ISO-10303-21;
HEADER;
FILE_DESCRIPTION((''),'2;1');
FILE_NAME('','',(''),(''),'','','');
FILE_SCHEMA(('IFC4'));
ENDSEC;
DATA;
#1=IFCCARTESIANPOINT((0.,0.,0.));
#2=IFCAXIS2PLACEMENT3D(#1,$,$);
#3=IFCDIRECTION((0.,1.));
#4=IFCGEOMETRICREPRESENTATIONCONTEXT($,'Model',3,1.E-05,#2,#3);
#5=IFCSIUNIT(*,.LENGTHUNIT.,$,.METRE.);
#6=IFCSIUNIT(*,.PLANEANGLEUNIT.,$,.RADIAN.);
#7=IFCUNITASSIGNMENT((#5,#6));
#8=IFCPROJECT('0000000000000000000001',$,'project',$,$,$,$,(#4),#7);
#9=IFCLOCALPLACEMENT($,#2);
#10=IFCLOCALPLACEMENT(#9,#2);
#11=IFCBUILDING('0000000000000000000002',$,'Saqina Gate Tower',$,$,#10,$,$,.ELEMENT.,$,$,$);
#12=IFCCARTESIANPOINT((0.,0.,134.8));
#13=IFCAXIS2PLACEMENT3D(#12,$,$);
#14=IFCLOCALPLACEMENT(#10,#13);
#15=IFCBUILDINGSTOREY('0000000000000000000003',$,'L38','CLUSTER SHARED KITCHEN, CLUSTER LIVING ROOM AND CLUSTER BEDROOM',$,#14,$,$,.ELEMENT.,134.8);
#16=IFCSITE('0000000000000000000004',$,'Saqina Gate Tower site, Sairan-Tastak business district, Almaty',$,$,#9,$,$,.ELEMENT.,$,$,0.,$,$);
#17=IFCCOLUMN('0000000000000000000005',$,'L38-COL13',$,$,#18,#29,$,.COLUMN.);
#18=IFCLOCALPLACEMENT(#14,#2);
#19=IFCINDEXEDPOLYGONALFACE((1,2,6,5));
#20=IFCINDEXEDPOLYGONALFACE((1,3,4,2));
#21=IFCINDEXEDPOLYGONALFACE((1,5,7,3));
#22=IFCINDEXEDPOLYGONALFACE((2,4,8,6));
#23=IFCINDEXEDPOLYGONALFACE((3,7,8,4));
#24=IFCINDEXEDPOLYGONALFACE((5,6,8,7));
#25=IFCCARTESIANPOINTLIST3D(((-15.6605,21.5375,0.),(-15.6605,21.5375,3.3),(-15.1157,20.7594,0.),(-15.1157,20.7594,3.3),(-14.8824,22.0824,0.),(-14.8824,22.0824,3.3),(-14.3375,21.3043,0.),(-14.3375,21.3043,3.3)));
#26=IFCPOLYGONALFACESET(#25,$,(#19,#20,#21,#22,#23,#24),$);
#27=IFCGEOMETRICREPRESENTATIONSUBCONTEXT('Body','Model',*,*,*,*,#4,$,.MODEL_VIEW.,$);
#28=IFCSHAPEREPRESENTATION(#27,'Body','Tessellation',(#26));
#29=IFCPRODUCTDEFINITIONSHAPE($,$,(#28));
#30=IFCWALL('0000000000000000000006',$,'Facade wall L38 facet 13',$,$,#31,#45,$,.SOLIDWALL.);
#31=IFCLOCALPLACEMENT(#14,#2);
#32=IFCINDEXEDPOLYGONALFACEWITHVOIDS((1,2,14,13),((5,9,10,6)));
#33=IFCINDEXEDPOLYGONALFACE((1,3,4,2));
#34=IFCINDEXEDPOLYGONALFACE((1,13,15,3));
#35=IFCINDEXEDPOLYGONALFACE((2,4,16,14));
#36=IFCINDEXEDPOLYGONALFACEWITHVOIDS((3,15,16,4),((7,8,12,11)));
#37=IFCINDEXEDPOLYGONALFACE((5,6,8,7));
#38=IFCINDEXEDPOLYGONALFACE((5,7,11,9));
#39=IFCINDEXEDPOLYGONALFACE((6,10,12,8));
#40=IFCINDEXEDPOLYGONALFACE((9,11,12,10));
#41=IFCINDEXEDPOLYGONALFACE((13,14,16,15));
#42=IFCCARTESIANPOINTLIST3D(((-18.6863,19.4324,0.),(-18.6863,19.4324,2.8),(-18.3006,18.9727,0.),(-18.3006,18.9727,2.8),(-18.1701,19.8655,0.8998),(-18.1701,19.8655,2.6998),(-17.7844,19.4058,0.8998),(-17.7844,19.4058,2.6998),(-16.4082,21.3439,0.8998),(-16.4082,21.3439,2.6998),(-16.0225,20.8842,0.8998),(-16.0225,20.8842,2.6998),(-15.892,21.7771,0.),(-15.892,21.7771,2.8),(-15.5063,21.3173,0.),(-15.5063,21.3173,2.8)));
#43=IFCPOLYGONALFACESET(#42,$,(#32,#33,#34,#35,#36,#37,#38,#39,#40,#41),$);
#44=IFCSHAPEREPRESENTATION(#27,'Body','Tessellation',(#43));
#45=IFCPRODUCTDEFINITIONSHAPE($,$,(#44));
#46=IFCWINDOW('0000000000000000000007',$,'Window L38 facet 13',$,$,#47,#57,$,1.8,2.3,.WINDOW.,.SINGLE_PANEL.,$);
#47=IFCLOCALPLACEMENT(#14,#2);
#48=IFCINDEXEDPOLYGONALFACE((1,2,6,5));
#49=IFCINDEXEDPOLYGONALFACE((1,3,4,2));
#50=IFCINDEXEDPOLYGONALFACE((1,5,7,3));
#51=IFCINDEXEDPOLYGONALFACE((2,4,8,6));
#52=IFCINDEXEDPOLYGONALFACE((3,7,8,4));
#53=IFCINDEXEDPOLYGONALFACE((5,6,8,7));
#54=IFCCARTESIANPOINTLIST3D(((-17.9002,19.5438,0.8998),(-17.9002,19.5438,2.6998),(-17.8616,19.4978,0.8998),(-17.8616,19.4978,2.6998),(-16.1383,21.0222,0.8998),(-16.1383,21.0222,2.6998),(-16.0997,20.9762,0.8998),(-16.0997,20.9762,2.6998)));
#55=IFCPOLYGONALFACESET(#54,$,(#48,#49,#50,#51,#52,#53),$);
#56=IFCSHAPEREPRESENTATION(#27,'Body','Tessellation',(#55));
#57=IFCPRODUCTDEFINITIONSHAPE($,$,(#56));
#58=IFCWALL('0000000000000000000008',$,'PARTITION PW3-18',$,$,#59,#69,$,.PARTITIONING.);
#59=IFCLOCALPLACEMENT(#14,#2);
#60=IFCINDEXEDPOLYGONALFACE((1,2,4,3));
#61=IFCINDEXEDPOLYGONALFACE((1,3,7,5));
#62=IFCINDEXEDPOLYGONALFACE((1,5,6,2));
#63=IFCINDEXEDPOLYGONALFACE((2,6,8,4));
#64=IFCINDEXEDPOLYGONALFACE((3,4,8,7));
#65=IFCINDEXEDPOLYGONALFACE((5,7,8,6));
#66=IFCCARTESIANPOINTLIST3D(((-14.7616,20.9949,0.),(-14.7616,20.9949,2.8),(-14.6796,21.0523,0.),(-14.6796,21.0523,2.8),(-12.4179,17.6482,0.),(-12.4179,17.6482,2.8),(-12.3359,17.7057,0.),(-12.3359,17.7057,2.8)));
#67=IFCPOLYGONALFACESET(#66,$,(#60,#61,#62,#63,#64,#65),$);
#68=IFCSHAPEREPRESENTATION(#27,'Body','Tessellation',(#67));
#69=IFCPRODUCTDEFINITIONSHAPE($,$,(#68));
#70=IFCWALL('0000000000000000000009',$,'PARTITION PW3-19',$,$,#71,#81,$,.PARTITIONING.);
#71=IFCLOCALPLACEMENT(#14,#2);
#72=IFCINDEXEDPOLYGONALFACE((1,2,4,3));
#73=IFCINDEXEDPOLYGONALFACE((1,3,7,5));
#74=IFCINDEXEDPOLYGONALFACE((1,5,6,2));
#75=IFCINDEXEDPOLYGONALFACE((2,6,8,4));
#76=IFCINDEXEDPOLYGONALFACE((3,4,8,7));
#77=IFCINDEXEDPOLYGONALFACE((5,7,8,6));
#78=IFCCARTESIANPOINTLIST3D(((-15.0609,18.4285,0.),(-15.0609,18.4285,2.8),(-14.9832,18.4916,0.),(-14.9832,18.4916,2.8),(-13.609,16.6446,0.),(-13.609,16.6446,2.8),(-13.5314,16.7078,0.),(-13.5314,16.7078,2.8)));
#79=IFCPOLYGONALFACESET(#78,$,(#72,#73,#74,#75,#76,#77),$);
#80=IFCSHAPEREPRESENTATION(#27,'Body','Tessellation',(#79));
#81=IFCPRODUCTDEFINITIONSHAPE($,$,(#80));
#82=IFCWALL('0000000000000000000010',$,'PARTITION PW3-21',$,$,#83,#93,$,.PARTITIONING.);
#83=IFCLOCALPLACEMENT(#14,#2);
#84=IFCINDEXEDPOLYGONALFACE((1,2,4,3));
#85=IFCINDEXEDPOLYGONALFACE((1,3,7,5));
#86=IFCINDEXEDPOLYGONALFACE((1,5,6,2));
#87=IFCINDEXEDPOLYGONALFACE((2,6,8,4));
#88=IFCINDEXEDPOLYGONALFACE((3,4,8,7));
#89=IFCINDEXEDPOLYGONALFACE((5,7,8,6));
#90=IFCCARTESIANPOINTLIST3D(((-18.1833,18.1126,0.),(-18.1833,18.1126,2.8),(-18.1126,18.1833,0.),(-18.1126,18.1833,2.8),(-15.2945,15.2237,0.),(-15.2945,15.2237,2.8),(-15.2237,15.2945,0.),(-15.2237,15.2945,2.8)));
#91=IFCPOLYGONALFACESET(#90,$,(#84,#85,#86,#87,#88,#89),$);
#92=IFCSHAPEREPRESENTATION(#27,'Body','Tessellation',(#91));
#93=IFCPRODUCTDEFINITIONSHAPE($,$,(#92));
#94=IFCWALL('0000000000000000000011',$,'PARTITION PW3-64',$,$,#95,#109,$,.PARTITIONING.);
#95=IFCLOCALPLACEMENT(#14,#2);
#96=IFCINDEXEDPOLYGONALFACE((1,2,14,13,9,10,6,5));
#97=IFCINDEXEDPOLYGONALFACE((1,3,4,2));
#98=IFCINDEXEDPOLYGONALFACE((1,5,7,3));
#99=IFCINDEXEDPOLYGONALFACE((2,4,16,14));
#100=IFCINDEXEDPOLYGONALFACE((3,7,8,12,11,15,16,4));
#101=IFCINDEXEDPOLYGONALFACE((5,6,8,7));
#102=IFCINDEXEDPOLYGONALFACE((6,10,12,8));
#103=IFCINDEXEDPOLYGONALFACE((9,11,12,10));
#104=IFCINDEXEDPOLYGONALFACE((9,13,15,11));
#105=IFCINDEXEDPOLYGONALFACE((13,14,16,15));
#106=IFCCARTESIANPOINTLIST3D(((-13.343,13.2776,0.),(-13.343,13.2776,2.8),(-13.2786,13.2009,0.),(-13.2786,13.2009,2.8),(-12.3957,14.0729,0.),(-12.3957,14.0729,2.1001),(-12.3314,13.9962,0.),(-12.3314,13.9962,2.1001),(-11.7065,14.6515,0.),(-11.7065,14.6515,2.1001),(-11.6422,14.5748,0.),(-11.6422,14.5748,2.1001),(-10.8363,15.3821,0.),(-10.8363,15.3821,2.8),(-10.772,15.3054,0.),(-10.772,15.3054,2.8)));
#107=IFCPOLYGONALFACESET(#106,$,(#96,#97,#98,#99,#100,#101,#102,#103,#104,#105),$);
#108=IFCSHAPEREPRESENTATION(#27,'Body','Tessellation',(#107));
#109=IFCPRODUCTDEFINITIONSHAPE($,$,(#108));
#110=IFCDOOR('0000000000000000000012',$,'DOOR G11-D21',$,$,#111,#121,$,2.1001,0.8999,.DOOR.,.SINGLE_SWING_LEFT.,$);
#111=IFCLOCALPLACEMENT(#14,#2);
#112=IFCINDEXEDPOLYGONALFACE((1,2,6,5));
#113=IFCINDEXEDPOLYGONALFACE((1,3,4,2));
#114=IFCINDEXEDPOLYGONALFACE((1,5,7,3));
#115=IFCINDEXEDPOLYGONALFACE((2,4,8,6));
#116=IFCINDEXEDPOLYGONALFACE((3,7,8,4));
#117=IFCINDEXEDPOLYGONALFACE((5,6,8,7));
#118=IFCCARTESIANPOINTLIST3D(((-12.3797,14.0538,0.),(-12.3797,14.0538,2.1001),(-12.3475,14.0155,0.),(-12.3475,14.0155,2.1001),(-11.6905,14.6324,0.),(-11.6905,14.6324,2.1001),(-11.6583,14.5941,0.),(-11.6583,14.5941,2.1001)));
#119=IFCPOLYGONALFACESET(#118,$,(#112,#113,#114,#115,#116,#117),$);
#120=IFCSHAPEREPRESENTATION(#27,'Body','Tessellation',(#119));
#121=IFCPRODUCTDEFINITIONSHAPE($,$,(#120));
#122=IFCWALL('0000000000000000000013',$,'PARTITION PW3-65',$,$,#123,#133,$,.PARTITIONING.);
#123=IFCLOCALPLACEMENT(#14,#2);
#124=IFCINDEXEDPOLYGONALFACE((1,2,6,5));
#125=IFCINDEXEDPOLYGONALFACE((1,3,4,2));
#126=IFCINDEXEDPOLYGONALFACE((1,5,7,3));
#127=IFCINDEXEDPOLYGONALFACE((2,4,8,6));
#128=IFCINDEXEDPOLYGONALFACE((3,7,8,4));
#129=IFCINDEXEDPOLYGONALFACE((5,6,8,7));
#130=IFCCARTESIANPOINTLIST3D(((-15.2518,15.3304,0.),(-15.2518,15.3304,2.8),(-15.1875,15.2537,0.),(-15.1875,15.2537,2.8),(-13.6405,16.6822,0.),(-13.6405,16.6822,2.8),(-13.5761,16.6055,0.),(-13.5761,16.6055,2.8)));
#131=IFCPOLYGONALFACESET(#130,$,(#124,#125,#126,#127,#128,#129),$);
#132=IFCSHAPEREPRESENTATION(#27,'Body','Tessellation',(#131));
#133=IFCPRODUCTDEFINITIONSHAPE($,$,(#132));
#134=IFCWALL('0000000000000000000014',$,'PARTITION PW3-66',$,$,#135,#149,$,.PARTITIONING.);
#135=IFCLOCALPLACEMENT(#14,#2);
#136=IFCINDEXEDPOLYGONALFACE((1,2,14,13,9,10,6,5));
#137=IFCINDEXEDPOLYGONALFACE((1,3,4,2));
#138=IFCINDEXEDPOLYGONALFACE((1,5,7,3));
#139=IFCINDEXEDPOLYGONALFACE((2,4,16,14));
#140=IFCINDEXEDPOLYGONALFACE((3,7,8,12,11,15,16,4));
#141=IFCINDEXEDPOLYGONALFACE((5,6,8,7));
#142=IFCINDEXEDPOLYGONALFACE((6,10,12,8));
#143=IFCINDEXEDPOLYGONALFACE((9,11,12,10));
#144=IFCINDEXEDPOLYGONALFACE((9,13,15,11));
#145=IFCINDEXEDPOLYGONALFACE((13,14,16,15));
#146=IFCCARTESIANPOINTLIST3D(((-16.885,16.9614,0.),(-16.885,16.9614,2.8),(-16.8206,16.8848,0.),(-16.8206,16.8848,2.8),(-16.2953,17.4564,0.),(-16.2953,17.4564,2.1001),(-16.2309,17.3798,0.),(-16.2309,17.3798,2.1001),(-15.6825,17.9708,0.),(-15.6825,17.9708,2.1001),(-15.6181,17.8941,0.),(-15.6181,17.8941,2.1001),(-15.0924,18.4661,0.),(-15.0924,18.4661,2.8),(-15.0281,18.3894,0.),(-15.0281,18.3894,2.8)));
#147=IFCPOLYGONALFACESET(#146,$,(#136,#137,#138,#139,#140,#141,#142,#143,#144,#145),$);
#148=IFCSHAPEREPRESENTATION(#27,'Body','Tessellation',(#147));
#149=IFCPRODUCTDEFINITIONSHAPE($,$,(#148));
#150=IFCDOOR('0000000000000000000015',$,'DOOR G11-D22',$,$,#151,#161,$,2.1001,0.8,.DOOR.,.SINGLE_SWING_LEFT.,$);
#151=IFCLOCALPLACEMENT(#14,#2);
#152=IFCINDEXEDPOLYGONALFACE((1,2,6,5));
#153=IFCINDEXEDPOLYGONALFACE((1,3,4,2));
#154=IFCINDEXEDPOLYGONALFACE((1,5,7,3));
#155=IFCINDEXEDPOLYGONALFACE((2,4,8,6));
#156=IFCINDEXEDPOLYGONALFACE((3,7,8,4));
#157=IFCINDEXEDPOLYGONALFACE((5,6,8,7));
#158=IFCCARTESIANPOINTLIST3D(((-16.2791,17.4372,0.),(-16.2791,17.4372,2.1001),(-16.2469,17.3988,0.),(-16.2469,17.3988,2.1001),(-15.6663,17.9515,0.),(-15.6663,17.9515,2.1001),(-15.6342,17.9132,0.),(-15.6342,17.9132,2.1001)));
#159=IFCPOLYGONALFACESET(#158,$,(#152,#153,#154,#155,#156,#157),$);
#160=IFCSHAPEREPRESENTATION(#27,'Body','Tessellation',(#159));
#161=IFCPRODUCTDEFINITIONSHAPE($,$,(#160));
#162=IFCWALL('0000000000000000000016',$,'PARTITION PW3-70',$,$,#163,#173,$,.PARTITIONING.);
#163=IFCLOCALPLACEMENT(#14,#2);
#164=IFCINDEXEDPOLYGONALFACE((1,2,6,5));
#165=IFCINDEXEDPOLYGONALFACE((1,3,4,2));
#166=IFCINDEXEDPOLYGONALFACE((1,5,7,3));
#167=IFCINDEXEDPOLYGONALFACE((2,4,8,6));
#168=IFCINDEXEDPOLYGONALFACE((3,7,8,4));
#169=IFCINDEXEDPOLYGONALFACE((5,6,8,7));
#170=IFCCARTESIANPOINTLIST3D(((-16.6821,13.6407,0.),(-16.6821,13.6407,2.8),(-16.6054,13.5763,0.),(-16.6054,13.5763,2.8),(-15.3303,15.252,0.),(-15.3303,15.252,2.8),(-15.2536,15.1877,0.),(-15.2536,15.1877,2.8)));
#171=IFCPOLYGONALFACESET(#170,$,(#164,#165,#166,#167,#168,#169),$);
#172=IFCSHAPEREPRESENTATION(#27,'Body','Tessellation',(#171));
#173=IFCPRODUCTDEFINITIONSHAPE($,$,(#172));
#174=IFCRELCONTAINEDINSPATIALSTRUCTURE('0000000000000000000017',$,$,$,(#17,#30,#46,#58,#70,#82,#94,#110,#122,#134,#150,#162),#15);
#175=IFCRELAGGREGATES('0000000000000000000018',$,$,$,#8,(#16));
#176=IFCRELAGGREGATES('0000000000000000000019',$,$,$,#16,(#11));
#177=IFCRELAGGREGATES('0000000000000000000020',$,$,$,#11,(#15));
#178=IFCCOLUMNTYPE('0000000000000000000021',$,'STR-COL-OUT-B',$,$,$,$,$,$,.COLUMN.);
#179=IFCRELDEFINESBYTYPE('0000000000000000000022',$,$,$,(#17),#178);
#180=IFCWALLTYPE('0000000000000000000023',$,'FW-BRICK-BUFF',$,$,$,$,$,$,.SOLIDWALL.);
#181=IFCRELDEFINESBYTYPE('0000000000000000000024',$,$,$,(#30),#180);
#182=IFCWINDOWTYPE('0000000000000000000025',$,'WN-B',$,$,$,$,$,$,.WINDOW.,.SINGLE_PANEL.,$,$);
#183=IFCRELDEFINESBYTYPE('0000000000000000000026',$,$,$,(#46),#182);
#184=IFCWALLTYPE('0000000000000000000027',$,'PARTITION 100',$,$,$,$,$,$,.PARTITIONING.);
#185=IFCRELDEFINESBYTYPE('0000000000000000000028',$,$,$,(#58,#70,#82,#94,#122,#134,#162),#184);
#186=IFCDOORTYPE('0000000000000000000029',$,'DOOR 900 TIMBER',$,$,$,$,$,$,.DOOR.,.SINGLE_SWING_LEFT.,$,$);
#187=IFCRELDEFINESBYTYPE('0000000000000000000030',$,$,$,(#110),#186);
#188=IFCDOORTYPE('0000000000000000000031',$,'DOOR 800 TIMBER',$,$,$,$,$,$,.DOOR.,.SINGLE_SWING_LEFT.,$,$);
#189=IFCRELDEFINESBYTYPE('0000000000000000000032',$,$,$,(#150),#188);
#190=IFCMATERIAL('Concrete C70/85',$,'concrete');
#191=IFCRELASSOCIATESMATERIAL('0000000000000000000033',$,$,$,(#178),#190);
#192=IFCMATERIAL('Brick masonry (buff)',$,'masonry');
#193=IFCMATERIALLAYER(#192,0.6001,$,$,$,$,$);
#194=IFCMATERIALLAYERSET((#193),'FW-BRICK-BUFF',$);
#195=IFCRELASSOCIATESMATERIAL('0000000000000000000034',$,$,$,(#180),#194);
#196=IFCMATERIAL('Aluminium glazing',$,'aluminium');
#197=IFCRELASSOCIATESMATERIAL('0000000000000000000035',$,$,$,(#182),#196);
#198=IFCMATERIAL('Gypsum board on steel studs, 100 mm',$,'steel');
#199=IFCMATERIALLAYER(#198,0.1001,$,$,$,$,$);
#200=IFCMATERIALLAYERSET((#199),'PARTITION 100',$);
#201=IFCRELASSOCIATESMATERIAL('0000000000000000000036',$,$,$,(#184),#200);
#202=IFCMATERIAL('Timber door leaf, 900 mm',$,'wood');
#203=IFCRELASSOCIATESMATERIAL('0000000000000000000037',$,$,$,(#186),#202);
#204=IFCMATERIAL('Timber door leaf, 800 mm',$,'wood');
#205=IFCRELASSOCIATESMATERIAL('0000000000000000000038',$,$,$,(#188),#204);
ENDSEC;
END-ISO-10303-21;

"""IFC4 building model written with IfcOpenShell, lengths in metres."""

from ifc_helpers import new_model, si_unit, direction, frame, frame_2d, origin, origin_2d, place, context, subcontext, project, spatial, rectangle, extrude, material, layer, layer_set, material_profile, profile_set, type_object, element, fill, save


model = new_model("IFC4")

# Units and contexts
model_context = context("Model", 3, precision=1e-05, world=origin(), true_north=direction((0.0, 1.0)))
body_context = subcontext(model_context, "Body", "Model", "MODEL_VIEW")
ifc_project = project(units=[si_unit("LENGTHUNIT", "METRE"), si_unit("PLANEANGLEUNIT", "RADIAN")], contexts=[model_context])

# Site, building, storey
site_placement = place(None, origin())
site = spatial("IfcSite", under=ifc_project, at=site_placement, Name="Saqina Gate Tower site, Sairan-Tastak business district, Almaty", CompositionType="ELEMENT", RefElevation=0.0)
building_placement = place(site_placement, origin())
building = spatial("IfcBuilding", under=site, at=building_placement, Name="Saqina Gate Tower", CompositionType="ELEMENT")
storey_placement = place(building_placement, frame((0.0, 0.0, 134.8)))
storey = spatial("IfcBuildingStorey", under=building, at=storey_placement, Name="L38", Description="CLUSTER SHARED KITCHEN, CLUSTER LIVING ROOM AND CLUSTER BEDROOM", CompositionType="ELEMENT", Elevation=134.8)

# Column
ifc_material_1 = material(Name="Concrete C70/85", Category="concrete")
ifc_material_profile = material_profile(ifc_material_1, rectangle(XDim=0.95, YDim=0.95, at=origin_2d()), Name="RC 950x950")
ifc_profile_set = profile_set([ifc_material_profile], Name="Concrete C70/85")
column_type = type_object("IfcColumnType", Name="STR-COL-OUT-B", PredefinedType="COLUMN", material=ifc_profile_set)
column_placement = place(storey_placement, frame((-14.999, 21.4209, 0.0), z_axis=(0.0, 0.0, 1.0), x_axis=(-0.573576, 0.819152, 0.0)))
element("IfcColumn", 1, at=column_placement, inside=storey, type_object=column_type, Name="L38-COL13", PredefinedType="COLUMN", context=body_context, shape_type="SweptSolid", body=[
    extrude(rectangle(XDim=0.95, YDim=0.95, at=origin_2d()), origin(), (0.0, 0.0, 1.0), 3.3),
])

# Wall, opening, window
ifc_material_2 = material(Name="Brick masonry (buff)", Category="masonry")
ifc_layer_1 = layer(ifc_material_2, 0.6001)
ifc_layer_set_1 = layer_set([ifc_layer_1], Name="FW-BRICK-BUFF")
wall_type_1 = type_object("IfcWallType", Name="FW-BRICK-BUFF", PredefinedType="SOLIDWALL", material=ifc_layer_set_1)
wall_1_placement = place(storey_placement, frame((-15.6992, 21.5471, 0.0), z_axis=(0.0, 0.0, 1.0), x_axis=(-0.766055, -0.642774, 0.0)))
wall_1 = element("IfcWall", 2, at=wall_1_placement, inside=storey, type_object=wall_type_1, Name="Facade wall L38 facet 13", PredefinedType="SOLIDWALL", context=body_context, shape_type="SweptSolid", body=[
    extrude(rectangle(XDim=3.6477, YDim=0.6001, at=frame_2d((1.8237, 0.0))), origin(), (0.0, 0.0, 1.0), 2.8),
])
opening_1_placement = place(wall_1_placement, frame((0.6738, 0.0, 0.8999)))
opening_1 = element("IfcOpeningElement", 3, at=opening_1_placement, cuts=wall_1, PredefinedType="OPENING", context=body_context, shape_type="SweptSolid", body=[
    extrude(rectangle(XDim=2.3, YDim=1.8, at=frame_2d((1.1499, 0.8999))), frame((0.0, 0.312, 0.0), z_axis=(0.0, -1.0, 0.0), x_axis=(1.0, 0.0, 0.0)), (0.0, 0.0, 1.0), 0.624),
])
ifc_material_3 = material(Name="Aluminium glazing", Category="aluminium")
window_type = type_object("IfcWindowType", Name="WN-B", PartitioningType="SINGLE_PANEL", PredefinedType="WINDOW", material=ifc_material_3)
window_placement = place(opening_1_placement, origin())
window = element("IfcWindow", 4, at=window_placement, inside=storey, type_object=window_type, Name="Window L38 facet 13", OverallHeight=1.8, OverallWidth=2.3, PartitioningType="SINGLE_PANEL", PredefinedType="WINDOW", context=body_context, shape_type="SweptSolid", body=[
    extrude(rectangle(XDim=2.3, YDim=1.8, at=frame_2d((1.1499, 0.8999))), frame((0.0, 0.1799, 0.0), z_axis=(0.0, -1.0, 0.0), x_axis=(1.0, 0.0, 0.0)), (0.0, 0.0, 1.0), 0.0601),
])
fill(opening_1, window)

# Walls
ifc_material_4 = material(Name="Gypsum board on steel studs, 100 mm", Category="steel")
ifc_layer_2 = layer(ifc_material_4, 0.1001)
ifc_layer_set_2 = layer_set([ifc_layer_2], Name="PARTITION 100")
wall_type_2 = type_object("IfcWallType", Name="PARTITION 100", PredefinedType="PARTITIONING", material=ifc_layer_set_2)
wall_2_placement = place(storey_placement, frame((-14.7207, 21.0237, 0.0), z_axis=(0.0, 0.0, 1.0), x_axis=(0.573639, -0.819108, 0.0)))
element("IfcWall", 5, at=wall_2_placement, inside=storey, type_object=wall_type_2, Name="PARTITION PW3-18", PredefinedType="PARTITIONING", context=body_context, shape_type="SweptSolid", body=[
    extrude(rectangle(XDim=4.0857, YDim=0.1001, at=frame_2d((2.043, 0.0))), origin(), (0.0, 0.0, 1.0), 2.8),
])
wall_3_placement = place(storey_placement, frame((-15.022, 18.46, 0.0), z_axis=(0.0, 0.0, 1.0), x_axis=(0.631236, -0.775591, 0.0)))
element("IfcWall", 6, at=wall_3_placement, inside=storey, type_object=wall_type_2, Name="PARTITION PW3-19", PredefinedType="PARTITIONING", context=body_context, shape_type="SweptSolid", body=[
    extrude(rectangle(XDim=2.3, YDim=0.1001, at=frame_2d((1.1499, 0.0))), origin(), (0.0, 0.0, 1.0), 2.8),
])
wall_4_placement = place(storey_placement, frame((-18.1479, 18.1479, 0.0), z_axis=(0.0, 0.0, 1.0), x_axis=(0.707107, -0.707107, 0.0)))
element("IfcWall", 7, at=wall_4_placement, inside=storey, type_object=wall_type_2, Name="PARTITION PW3-21", PredefinedType="PARTITIONING", context=body_context, shape_type="SweptSolid", body=[
    extrude(rectangle(XDim=4.0854, YDim=0.1001, at=frame_2d((2.0427, 0.0))), origin(), (0.0, 0.0, 1.0), 2.8),
])

# Wall, opening, door
wall_5_placement = place(storey_placement, frame((-13.3108, 13.2393, 0.0), z_axis=(0.0, 0.0, 1.0), x_axis=(0.765862, 0.643005, 0.0)))
wall_5 = element("IfcWall", 8, at=wall_5_placement, inside=storey, type_object=wall_type_2, Name="PARTITION PW3-64", PredefinedType="PARTITIONING", context=body_context, shape_type="SweptSolid", body=[
    extrude(rectangle(XDim=3.2729, YDim=0.1001, at=frame_2d((1.6365, 0.0))), origin(), (0.0, 0.0, 1.0), 2.8),
])
opening_2_placement = place(wall_5_placement, frame((1.2368, 0.0, 0.0)))
opening_2 = element("IfcOpeningElement", 9, at=opening_2_placement, cuts=wall_5, PredefinedType="OPENING", context=body_context, shape_type="SweptSolid", body=[
    extrude(rectangle(XDim=0.8999, YDim=2.1001, at=frame_2d((0.45, 1.05))), frame((0.0, 0.062, 0.0), z_axis=(0.0, -1.0, 0.0), x_axis=(1.0, 0.0, 0.0)), (0.0, 0.0, 1.0), 0.124),
])
ifc_material_5 = material(Name="Timber door leaf, 900 mm", Category="wood")
door_type_1 = type_object("IfcDoorType", Name="DOOR 900 TIMBER", OperationType="SINGLE_SWING_LEFT", PredefinedType="DOOR", material=ifc_material_5)
door_1_placement = place(opening_2_placement, frame((0.8999, 0.0, 0.0), z_axis=(0.0, 0.0, 1.0), x_axis=(-1.0, 0.0, 0.0)))
door_1 = element("IfcDoor", 10, at=door_1_placement, inside=storey, type_object=door_type_1, Name="DOOR G11-D21", OperationType="SINGLE_SWING_LEFT", OverallHeight=2.1001, OverallWidth=0.8999, PredefinedType="DOOR", context=body_context, shape_type="SweptSolid", body=[
    extrude(rectangle(XDim=0.8999, YDim=2.1001, at=frame_2d((0.45, 1.05))), frame((0.0, 0.0249, 0.0), z_axis=(0.0, -1.0, 0.0), x_axis=(1.0, 0.0, 0.0)), (0.0, 0.0, 1.0), 0.05),
])
fill(opening_2, door_1)

# Wall
wall_6_placement = place(storey_placement, frame((-15.2197, 15.292, 0.0), z_axis=(0.0, 0.0, 1.0), x_axis=(0.766105, 0.642716, 0.0)))
element("IfcWall", 11, at=wall_6_placement, inside=storey, type_object=wall_type_2, Name="PARTITION PW3-65", PredefinedType="PARTITIONING", context=body_context, shape_type="SweptSolid", body=[
    extrude(rectangle(XDim=2.1033, YDim=0.1001, at=frame_2d((1.0518, 0.0))), origin(), (0.0, 0.0, 1.0), 2.8),
])

# Wall, opening, door
wall_7_placement = place(storey_placement, frame((-16.8528, 16.9231, 0.0), z_axis=(0.0, 0.0, 1.0), x_axis=(0.765925, 0.64293, 0.0)))
wall_7 = element("IfcWall", 12, at=wall_7_placement, inside=storey, type_object=wall_type_2, Name="PARTITION PW3-66", PredefinedType="PARTITIONING", context=body_context, shape_type="SweptSolid", body=[
    extrude(rectangle(XDim=2.3403, YDim=0.1001, at=frame_2d((1.1702, 0.0))), origin(), (0.0, 0.0, 1.0), 2.8),
])
opening_3_placement = place(wall_7_placement, frame((0.77, 0.0, 0.0)))
opening_3 = element("IfcOpeningElement", 13, at=opening_3_placement, cuts=wall_7, PredefinedType="OPENING", context=body_context, shape_type="SweptSolid", body=[
    extrude(rectangle(XDim=0.8, YDim=2.1001, at=frame_2d((0.3999, 1.05))), frame((0.0, 0.062, 0.0), z_axis=(0.0, -1.0, 0.0), x_axis=(1.0, 0.0, 0.0)), (0.0, 0.0, 1.0), 0.124),
])
ifc_material_6 = material(Name="Timber door leaf, 800 mm", Category="wood")
door_type_2 = type_object("IfcDoorType", Name="DOOR 800 TIMBER", OperationType="SINGLE_SWING_LEFT", PredefinedType="DOOR", material=ifc_material_6)
door_2_placement = place(opening_3_placement, origin())
door_2 = element("IfcDoor", 14, at=door_2_placement, inside=storey, type_object=door_type_2, Name="DOOR G11-D22", OperationType="SINGLE_SWING_LEFT", OverallHeight=2.1001, OverallWidth=0.8, PredefinedType="DOOR", context=body_context, shape_type="SweptSolid", body=[
    extrude(rectangle(XDim=0.8, YDim=2.1001, at=frame_2d((0.3999, 1.05))), frame((0.0, 0.0249, 0.0), z_axis=(0.0, -1.0, 0.0), x_axis=(1.0, 0.0, 0.0)), (0.0, 0.0, 1.0), 0.05),
])
fill(opening_3, door_2)

# Wall
wall_8_placement = place(storey_placement, frame((-16.6438, 13.6084, 0.0), z_axis=(0.0, 0.0, 1.0), x_axis=(0.642716, 0.766105, 0.0)))
element("IfcWall", 15, at=wall_8_placement, inside=storey, type_object=wall_type_2, Name="PARTITION PW3-70", PredefinedType="PARTITIONING", context=body_context, shape_type="SweptSolid", body=[
    extrude(rectangle(XDim=2.1033, YDim=0.1001, at=frame_2d((1.0518, 0.0))), origin(), (0.0, 0.0, 1.0), 2.8),
])

save(model, "model.ifc")
